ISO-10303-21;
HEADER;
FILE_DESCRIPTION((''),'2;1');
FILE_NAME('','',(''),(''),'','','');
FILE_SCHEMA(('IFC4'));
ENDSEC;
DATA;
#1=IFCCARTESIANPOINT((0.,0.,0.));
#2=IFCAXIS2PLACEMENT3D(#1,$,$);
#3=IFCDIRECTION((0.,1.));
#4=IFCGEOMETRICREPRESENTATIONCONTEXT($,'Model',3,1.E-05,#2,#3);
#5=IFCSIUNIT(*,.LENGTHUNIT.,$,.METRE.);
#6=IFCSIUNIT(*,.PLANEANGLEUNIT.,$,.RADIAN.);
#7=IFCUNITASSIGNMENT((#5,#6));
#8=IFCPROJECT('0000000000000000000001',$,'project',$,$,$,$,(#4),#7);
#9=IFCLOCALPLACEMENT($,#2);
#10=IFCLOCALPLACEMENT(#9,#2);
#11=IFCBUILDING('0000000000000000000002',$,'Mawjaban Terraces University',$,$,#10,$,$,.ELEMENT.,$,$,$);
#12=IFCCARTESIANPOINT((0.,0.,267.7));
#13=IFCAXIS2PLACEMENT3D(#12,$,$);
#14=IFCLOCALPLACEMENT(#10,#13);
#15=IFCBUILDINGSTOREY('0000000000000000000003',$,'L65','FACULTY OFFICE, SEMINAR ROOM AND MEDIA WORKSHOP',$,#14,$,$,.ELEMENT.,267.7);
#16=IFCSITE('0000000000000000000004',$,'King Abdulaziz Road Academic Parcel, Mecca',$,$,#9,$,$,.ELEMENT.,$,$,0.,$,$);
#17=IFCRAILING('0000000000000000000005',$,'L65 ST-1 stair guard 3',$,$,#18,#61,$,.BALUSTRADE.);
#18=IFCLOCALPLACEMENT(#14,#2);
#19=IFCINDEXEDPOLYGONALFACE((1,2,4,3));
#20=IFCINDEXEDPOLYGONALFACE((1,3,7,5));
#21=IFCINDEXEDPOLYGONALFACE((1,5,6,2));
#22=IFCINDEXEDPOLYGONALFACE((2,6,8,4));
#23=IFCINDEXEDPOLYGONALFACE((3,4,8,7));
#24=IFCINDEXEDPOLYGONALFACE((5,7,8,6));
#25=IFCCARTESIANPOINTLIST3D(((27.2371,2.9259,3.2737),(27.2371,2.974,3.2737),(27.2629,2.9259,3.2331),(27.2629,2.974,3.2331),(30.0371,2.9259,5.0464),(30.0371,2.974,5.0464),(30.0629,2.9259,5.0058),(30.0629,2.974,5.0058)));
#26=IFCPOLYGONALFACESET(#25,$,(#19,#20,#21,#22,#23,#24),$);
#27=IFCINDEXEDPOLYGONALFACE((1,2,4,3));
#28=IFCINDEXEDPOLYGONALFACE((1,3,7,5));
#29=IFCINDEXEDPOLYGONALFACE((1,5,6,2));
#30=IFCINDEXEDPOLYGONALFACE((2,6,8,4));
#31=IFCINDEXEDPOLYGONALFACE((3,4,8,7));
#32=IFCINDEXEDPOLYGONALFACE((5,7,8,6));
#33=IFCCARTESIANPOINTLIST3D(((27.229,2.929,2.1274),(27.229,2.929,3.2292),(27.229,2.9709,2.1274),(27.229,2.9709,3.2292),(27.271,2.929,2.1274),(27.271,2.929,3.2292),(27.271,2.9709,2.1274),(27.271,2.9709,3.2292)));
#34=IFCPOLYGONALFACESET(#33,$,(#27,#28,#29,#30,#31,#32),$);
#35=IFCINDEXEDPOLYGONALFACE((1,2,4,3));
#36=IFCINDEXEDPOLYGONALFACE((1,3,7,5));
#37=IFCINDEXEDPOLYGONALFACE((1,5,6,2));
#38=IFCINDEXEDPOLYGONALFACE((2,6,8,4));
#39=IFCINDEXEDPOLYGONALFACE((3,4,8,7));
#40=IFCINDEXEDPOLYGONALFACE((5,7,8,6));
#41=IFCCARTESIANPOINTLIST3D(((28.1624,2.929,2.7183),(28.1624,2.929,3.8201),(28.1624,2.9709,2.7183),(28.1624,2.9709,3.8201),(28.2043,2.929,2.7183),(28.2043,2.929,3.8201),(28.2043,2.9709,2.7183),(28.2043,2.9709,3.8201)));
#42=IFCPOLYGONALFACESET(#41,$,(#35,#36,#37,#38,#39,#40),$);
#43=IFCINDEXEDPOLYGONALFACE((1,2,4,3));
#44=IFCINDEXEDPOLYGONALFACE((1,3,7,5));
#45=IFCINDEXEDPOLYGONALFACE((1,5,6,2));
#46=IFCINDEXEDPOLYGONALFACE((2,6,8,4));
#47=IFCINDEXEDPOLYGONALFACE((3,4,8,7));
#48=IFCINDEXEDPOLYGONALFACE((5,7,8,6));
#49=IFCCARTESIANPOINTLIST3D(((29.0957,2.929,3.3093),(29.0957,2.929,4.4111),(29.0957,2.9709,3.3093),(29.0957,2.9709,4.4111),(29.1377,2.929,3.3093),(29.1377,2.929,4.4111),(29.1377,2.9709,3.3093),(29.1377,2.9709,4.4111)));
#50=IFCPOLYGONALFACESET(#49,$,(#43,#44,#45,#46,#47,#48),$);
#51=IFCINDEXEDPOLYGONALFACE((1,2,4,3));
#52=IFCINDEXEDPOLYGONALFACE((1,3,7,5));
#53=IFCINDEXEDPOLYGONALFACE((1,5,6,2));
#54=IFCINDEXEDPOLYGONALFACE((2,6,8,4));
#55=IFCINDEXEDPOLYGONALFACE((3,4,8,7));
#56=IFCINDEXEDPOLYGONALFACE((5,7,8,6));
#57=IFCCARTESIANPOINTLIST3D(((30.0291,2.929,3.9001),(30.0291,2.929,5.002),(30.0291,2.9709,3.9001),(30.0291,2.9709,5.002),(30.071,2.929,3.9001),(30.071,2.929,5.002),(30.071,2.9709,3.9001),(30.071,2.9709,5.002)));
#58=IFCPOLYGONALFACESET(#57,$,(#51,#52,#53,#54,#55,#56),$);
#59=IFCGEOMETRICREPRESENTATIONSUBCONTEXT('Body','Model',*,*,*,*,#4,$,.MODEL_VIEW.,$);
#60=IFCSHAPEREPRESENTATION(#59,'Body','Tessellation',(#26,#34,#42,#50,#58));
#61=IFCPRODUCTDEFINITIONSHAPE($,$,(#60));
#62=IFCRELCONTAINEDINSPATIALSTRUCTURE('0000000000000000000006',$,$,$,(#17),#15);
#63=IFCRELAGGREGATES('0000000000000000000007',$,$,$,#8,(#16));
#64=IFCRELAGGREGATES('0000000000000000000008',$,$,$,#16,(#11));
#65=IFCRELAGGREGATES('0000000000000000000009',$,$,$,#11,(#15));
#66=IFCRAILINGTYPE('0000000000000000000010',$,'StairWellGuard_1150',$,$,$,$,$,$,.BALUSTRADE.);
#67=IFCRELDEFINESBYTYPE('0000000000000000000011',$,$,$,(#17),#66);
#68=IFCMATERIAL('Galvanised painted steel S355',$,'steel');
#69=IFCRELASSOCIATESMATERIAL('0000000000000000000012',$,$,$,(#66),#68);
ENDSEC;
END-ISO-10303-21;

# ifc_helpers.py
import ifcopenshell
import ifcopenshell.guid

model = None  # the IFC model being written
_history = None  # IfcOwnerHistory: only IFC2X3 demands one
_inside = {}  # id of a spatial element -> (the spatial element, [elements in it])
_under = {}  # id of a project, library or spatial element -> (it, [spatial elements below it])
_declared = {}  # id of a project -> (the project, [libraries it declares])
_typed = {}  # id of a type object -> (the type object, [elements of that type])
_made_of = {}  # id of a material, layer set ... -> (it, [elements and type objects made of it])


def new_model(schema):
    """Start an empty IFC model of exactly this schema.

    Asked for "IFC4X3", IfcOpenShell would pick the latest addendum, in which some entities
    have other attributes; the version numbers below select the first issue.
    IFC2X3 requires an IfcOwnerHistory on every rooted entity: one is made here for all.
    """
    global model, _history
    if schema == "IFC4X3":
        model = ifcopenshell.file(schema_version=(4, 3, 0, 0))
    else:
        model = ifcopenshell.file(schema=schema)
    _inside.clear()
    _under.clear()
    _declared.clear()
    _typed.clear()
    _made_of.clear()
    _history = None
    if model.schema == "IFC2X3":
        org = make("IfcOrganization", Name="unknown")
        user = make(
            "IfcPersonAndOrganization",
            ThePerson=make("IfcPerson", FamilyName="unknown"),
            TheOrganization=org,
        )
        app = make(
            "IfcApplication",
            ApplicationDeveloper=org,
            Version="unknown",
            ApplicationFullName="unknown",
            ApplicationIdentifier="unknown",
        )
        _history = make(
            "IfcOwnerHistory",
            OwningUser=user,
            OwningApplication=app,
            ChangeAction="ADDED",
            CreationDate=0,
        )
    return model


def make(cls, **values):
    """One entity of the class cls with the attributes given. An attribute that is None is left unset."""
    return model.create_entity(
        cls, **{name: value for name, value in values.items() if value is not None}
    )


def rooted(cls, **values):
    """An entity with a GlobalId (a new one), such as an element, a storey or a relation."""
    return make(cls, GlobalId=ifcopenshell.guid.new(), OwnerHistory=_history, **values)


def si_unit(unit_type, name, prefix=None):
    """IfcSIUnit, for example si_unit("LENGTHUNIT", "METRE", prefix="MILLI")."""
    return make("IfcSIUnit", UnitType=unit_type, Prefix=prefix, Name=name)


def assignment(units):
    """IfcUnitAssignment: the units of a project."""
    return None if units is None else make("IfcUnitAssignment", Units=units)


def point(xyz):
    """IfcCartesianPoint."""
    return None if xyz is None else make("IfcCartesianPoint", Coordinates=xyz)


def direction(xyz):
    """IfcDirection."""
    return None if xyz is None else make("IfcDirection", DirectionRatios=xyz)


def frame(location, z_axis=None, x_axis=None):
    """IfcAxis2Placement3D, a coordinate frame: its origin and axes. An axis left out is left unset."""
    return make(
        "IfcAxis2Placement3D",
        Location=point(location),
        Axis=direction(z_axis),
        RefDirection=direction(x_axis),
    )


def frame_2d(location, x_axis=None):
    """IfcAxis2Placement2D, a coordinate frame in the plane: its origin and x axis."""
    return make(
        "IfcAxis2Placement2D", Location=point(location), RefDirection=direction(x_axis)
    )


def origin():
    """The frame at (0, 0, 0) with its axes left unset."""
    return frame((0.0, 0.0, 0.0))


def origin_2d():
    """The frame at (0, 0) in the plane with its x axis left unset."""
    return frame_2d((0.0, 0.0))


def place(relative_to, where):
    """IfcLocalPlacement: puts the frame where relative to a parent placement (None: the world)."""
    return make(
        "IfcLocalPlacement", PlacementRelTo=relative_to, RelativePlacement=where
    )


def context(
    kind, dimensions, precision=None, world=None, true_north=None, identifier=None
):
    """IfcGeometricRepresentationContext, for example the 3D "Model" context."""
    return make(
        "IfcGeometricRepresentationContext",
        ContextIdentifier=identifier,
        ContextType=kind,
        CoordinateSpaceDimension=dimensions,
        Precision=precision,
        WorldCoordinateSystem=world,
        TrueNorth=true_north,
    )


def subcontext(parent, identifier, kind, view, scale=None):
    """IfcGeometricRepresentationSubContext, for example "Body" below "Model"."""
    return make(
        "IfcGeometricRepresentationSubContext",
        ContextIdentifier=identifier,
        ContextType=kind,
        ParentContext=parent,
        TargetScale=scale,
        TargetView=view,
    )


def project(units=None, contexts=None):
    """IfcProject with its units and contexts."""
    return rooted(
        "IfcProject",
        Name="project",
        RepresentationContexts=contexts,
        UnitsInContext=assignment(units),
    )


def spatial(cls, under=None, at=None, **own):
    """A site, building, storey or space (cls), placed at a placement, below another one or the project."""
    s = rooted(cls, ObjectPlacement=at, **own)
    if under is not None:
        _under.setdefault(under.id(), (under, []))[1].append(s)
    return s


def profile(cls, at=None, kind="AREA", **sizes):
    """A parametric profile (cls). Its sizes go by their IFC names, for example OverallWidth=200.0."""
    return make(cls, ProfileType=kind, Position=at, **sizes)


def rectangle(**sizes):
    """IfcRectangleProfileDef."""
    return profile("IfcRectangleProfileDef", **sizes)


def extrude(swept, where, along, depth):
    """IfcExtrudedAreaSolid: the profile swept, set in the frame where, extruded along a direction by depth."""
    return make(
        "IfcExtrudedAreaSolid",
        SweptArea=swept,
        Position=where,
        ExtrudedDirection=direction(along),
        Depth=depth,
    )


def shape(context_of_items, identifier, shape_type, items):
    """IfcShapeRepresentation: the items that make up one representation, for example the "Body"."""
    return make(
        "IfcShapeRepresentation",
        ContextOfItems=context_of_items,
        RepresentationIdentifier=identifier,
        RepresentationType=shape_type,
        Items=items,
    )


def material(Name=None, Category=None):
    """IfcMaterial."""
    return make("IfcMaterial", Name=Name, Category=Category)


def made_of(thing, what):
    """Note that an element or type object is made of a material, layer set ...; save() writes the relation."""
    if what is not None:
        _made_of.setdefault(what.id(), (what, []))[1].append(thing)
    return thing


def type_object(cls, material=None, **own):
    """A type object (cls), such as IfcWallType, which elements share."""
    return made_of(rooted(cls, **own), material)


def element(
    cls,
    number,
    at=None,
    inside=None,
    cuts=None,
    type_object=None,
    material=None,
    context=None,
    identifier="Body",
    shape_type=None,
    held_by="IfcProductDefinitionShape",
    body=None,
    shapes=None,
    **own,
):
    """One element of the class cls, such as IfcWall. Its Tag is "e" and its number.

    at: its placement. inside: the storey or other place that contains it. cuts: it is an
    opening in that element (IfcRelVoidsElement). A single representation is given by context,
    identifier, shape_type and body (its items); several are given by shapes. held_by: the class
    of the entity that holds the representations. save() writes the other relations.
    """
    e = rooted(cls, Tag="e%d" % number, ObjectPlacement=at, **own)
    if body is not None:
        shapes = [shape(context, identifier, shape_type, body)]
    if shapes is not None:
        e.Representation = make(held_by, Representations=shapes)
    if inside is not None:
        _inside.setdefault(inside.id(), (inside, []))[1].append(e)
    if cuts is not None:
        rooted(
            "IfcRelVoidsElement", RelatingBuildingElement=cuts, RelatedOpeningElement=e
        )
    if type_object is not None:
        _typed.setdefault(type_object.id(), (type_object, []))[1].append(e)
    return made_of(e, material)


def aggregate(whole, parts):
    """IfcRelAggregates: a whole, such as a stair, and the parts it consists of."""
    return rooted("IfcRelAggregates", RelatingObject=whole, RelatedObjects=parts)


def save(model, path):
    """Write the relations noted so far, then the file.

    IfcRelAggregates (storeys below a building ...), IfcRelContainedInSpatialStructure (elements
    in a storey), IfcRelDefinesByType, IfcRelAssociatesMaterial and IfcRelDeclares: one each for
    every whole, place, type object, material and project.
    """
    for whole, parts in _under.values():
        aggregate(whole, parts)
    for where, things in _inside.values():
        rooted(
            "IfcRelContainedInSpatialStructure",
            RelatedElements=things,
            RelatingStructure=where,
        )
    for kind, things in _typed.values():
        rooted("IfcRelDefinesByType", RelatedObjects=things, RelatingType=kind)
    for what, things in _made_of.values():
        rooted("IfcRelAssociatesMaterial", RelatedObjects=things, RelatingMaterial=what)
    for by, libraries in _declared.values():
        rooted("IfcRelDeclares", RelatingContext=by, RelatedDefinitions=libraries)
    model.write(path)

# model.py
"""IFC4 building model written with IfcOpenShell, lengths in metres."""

from ifc_helpers import new_model, si_unit, direction, frame, origin, origin_2d, place, context, subcontext, project, spatial, rectangle, extrude, material, type_object, element, save


model = new_model("IFC4")

# Units and contexts
model_context = context("Model", 3, precision=1e-05, world=origin(), true_north=direction((0.0, 1.0)))
body_context = subcontext(model_context, "Body", "Model", "MODEL_VIEW")
ifc_project = project(units=[si_unit("LENGTHUNIT", "METRE"), si_unit("PLANEANGLEUNIT", "RADIAN")], contexts=[model_context])

# Site, building, storey
site_placement = place(None, origin())
site = spatial("IfcSite", under=ifc_project, at=site_placement, Name="King Abdulaziz Road Academic Parcel, Mecca", CompositionType="ELEMENT", RefElevation=0.0)
building_placement = place(site_placement, origin())
building = spatial("IfcBuilding", under=site, at=building_placement, Name="Mawjaban Terraces University", CompositionType="ELEMENT")
storey_placement = place(building_placement, frame((0.0, 0.0, 267.7)))
storey = spatial("IfcBuildingStorey", under=building, at=storey_placement, Name="L65", Description="FACULTY OFFICE, SEMINAR ROOM AND MEDIA WORKSHOP", CompositionType="ELEMENT", Elevation=267.7)

# Railing
ifc_material_1 = material(Name="Galvanised painted steel S355", Category="steel")
railing_type_1 = type_object("IfcRailingType", Name="StairWellGuard_1150", PredefinedType="BALUSTRADE", material=ifc_material_1)
railing_1_placement = place(storey_placement, frame((27.25, 2.95, 2.1274)))
element("IfcRailing", 1, at=railing_1_placement, inside=storey, type_object=railing_type_1, Name="L65 ST-1 stair guard 3", PredefinedType="BALUSTRADE", context=body_context, shape_type="SweptSolid", body=[
    extrude(rectangle(XDim=0.0481, YDim=0.0481, at=origin_2d()), frame((0.0, 0.0, 1.126), z_axis=(0.844909, 0.0, 0.53491), x_axis=(0.0, 1.0, 0.0)), (0.0, 0.0, 1.0), 3.314),
    extrude(rectangle(XDim=0.042, YDim=0.042, at=origin_2d()), origin(), (0.0, 0.0, 1.0), 1.1018),
    extrude(rectangle(XDim=0.042, YDim=0.042, at=origin_2d()), frame((0.9333, 0.0, 0.5908)), (0.0, 0.0, 1.0), 1.1018),
    extrude(rectangle(XDim=0.042, YDim=0.042, at=origin_2d()), frame((1.8667, 0.0, 1.1819)), (0.0, 0.0, 1.0), 1.1018),
    extrude(rectangle(XDim=0.042, YDim=0.042, at=origin_2d()), frame((2.8, 0.0, 1.7727)), (0.0, 0.0, 1.0), 1.1018),
])

save(model, "model.ifc")
